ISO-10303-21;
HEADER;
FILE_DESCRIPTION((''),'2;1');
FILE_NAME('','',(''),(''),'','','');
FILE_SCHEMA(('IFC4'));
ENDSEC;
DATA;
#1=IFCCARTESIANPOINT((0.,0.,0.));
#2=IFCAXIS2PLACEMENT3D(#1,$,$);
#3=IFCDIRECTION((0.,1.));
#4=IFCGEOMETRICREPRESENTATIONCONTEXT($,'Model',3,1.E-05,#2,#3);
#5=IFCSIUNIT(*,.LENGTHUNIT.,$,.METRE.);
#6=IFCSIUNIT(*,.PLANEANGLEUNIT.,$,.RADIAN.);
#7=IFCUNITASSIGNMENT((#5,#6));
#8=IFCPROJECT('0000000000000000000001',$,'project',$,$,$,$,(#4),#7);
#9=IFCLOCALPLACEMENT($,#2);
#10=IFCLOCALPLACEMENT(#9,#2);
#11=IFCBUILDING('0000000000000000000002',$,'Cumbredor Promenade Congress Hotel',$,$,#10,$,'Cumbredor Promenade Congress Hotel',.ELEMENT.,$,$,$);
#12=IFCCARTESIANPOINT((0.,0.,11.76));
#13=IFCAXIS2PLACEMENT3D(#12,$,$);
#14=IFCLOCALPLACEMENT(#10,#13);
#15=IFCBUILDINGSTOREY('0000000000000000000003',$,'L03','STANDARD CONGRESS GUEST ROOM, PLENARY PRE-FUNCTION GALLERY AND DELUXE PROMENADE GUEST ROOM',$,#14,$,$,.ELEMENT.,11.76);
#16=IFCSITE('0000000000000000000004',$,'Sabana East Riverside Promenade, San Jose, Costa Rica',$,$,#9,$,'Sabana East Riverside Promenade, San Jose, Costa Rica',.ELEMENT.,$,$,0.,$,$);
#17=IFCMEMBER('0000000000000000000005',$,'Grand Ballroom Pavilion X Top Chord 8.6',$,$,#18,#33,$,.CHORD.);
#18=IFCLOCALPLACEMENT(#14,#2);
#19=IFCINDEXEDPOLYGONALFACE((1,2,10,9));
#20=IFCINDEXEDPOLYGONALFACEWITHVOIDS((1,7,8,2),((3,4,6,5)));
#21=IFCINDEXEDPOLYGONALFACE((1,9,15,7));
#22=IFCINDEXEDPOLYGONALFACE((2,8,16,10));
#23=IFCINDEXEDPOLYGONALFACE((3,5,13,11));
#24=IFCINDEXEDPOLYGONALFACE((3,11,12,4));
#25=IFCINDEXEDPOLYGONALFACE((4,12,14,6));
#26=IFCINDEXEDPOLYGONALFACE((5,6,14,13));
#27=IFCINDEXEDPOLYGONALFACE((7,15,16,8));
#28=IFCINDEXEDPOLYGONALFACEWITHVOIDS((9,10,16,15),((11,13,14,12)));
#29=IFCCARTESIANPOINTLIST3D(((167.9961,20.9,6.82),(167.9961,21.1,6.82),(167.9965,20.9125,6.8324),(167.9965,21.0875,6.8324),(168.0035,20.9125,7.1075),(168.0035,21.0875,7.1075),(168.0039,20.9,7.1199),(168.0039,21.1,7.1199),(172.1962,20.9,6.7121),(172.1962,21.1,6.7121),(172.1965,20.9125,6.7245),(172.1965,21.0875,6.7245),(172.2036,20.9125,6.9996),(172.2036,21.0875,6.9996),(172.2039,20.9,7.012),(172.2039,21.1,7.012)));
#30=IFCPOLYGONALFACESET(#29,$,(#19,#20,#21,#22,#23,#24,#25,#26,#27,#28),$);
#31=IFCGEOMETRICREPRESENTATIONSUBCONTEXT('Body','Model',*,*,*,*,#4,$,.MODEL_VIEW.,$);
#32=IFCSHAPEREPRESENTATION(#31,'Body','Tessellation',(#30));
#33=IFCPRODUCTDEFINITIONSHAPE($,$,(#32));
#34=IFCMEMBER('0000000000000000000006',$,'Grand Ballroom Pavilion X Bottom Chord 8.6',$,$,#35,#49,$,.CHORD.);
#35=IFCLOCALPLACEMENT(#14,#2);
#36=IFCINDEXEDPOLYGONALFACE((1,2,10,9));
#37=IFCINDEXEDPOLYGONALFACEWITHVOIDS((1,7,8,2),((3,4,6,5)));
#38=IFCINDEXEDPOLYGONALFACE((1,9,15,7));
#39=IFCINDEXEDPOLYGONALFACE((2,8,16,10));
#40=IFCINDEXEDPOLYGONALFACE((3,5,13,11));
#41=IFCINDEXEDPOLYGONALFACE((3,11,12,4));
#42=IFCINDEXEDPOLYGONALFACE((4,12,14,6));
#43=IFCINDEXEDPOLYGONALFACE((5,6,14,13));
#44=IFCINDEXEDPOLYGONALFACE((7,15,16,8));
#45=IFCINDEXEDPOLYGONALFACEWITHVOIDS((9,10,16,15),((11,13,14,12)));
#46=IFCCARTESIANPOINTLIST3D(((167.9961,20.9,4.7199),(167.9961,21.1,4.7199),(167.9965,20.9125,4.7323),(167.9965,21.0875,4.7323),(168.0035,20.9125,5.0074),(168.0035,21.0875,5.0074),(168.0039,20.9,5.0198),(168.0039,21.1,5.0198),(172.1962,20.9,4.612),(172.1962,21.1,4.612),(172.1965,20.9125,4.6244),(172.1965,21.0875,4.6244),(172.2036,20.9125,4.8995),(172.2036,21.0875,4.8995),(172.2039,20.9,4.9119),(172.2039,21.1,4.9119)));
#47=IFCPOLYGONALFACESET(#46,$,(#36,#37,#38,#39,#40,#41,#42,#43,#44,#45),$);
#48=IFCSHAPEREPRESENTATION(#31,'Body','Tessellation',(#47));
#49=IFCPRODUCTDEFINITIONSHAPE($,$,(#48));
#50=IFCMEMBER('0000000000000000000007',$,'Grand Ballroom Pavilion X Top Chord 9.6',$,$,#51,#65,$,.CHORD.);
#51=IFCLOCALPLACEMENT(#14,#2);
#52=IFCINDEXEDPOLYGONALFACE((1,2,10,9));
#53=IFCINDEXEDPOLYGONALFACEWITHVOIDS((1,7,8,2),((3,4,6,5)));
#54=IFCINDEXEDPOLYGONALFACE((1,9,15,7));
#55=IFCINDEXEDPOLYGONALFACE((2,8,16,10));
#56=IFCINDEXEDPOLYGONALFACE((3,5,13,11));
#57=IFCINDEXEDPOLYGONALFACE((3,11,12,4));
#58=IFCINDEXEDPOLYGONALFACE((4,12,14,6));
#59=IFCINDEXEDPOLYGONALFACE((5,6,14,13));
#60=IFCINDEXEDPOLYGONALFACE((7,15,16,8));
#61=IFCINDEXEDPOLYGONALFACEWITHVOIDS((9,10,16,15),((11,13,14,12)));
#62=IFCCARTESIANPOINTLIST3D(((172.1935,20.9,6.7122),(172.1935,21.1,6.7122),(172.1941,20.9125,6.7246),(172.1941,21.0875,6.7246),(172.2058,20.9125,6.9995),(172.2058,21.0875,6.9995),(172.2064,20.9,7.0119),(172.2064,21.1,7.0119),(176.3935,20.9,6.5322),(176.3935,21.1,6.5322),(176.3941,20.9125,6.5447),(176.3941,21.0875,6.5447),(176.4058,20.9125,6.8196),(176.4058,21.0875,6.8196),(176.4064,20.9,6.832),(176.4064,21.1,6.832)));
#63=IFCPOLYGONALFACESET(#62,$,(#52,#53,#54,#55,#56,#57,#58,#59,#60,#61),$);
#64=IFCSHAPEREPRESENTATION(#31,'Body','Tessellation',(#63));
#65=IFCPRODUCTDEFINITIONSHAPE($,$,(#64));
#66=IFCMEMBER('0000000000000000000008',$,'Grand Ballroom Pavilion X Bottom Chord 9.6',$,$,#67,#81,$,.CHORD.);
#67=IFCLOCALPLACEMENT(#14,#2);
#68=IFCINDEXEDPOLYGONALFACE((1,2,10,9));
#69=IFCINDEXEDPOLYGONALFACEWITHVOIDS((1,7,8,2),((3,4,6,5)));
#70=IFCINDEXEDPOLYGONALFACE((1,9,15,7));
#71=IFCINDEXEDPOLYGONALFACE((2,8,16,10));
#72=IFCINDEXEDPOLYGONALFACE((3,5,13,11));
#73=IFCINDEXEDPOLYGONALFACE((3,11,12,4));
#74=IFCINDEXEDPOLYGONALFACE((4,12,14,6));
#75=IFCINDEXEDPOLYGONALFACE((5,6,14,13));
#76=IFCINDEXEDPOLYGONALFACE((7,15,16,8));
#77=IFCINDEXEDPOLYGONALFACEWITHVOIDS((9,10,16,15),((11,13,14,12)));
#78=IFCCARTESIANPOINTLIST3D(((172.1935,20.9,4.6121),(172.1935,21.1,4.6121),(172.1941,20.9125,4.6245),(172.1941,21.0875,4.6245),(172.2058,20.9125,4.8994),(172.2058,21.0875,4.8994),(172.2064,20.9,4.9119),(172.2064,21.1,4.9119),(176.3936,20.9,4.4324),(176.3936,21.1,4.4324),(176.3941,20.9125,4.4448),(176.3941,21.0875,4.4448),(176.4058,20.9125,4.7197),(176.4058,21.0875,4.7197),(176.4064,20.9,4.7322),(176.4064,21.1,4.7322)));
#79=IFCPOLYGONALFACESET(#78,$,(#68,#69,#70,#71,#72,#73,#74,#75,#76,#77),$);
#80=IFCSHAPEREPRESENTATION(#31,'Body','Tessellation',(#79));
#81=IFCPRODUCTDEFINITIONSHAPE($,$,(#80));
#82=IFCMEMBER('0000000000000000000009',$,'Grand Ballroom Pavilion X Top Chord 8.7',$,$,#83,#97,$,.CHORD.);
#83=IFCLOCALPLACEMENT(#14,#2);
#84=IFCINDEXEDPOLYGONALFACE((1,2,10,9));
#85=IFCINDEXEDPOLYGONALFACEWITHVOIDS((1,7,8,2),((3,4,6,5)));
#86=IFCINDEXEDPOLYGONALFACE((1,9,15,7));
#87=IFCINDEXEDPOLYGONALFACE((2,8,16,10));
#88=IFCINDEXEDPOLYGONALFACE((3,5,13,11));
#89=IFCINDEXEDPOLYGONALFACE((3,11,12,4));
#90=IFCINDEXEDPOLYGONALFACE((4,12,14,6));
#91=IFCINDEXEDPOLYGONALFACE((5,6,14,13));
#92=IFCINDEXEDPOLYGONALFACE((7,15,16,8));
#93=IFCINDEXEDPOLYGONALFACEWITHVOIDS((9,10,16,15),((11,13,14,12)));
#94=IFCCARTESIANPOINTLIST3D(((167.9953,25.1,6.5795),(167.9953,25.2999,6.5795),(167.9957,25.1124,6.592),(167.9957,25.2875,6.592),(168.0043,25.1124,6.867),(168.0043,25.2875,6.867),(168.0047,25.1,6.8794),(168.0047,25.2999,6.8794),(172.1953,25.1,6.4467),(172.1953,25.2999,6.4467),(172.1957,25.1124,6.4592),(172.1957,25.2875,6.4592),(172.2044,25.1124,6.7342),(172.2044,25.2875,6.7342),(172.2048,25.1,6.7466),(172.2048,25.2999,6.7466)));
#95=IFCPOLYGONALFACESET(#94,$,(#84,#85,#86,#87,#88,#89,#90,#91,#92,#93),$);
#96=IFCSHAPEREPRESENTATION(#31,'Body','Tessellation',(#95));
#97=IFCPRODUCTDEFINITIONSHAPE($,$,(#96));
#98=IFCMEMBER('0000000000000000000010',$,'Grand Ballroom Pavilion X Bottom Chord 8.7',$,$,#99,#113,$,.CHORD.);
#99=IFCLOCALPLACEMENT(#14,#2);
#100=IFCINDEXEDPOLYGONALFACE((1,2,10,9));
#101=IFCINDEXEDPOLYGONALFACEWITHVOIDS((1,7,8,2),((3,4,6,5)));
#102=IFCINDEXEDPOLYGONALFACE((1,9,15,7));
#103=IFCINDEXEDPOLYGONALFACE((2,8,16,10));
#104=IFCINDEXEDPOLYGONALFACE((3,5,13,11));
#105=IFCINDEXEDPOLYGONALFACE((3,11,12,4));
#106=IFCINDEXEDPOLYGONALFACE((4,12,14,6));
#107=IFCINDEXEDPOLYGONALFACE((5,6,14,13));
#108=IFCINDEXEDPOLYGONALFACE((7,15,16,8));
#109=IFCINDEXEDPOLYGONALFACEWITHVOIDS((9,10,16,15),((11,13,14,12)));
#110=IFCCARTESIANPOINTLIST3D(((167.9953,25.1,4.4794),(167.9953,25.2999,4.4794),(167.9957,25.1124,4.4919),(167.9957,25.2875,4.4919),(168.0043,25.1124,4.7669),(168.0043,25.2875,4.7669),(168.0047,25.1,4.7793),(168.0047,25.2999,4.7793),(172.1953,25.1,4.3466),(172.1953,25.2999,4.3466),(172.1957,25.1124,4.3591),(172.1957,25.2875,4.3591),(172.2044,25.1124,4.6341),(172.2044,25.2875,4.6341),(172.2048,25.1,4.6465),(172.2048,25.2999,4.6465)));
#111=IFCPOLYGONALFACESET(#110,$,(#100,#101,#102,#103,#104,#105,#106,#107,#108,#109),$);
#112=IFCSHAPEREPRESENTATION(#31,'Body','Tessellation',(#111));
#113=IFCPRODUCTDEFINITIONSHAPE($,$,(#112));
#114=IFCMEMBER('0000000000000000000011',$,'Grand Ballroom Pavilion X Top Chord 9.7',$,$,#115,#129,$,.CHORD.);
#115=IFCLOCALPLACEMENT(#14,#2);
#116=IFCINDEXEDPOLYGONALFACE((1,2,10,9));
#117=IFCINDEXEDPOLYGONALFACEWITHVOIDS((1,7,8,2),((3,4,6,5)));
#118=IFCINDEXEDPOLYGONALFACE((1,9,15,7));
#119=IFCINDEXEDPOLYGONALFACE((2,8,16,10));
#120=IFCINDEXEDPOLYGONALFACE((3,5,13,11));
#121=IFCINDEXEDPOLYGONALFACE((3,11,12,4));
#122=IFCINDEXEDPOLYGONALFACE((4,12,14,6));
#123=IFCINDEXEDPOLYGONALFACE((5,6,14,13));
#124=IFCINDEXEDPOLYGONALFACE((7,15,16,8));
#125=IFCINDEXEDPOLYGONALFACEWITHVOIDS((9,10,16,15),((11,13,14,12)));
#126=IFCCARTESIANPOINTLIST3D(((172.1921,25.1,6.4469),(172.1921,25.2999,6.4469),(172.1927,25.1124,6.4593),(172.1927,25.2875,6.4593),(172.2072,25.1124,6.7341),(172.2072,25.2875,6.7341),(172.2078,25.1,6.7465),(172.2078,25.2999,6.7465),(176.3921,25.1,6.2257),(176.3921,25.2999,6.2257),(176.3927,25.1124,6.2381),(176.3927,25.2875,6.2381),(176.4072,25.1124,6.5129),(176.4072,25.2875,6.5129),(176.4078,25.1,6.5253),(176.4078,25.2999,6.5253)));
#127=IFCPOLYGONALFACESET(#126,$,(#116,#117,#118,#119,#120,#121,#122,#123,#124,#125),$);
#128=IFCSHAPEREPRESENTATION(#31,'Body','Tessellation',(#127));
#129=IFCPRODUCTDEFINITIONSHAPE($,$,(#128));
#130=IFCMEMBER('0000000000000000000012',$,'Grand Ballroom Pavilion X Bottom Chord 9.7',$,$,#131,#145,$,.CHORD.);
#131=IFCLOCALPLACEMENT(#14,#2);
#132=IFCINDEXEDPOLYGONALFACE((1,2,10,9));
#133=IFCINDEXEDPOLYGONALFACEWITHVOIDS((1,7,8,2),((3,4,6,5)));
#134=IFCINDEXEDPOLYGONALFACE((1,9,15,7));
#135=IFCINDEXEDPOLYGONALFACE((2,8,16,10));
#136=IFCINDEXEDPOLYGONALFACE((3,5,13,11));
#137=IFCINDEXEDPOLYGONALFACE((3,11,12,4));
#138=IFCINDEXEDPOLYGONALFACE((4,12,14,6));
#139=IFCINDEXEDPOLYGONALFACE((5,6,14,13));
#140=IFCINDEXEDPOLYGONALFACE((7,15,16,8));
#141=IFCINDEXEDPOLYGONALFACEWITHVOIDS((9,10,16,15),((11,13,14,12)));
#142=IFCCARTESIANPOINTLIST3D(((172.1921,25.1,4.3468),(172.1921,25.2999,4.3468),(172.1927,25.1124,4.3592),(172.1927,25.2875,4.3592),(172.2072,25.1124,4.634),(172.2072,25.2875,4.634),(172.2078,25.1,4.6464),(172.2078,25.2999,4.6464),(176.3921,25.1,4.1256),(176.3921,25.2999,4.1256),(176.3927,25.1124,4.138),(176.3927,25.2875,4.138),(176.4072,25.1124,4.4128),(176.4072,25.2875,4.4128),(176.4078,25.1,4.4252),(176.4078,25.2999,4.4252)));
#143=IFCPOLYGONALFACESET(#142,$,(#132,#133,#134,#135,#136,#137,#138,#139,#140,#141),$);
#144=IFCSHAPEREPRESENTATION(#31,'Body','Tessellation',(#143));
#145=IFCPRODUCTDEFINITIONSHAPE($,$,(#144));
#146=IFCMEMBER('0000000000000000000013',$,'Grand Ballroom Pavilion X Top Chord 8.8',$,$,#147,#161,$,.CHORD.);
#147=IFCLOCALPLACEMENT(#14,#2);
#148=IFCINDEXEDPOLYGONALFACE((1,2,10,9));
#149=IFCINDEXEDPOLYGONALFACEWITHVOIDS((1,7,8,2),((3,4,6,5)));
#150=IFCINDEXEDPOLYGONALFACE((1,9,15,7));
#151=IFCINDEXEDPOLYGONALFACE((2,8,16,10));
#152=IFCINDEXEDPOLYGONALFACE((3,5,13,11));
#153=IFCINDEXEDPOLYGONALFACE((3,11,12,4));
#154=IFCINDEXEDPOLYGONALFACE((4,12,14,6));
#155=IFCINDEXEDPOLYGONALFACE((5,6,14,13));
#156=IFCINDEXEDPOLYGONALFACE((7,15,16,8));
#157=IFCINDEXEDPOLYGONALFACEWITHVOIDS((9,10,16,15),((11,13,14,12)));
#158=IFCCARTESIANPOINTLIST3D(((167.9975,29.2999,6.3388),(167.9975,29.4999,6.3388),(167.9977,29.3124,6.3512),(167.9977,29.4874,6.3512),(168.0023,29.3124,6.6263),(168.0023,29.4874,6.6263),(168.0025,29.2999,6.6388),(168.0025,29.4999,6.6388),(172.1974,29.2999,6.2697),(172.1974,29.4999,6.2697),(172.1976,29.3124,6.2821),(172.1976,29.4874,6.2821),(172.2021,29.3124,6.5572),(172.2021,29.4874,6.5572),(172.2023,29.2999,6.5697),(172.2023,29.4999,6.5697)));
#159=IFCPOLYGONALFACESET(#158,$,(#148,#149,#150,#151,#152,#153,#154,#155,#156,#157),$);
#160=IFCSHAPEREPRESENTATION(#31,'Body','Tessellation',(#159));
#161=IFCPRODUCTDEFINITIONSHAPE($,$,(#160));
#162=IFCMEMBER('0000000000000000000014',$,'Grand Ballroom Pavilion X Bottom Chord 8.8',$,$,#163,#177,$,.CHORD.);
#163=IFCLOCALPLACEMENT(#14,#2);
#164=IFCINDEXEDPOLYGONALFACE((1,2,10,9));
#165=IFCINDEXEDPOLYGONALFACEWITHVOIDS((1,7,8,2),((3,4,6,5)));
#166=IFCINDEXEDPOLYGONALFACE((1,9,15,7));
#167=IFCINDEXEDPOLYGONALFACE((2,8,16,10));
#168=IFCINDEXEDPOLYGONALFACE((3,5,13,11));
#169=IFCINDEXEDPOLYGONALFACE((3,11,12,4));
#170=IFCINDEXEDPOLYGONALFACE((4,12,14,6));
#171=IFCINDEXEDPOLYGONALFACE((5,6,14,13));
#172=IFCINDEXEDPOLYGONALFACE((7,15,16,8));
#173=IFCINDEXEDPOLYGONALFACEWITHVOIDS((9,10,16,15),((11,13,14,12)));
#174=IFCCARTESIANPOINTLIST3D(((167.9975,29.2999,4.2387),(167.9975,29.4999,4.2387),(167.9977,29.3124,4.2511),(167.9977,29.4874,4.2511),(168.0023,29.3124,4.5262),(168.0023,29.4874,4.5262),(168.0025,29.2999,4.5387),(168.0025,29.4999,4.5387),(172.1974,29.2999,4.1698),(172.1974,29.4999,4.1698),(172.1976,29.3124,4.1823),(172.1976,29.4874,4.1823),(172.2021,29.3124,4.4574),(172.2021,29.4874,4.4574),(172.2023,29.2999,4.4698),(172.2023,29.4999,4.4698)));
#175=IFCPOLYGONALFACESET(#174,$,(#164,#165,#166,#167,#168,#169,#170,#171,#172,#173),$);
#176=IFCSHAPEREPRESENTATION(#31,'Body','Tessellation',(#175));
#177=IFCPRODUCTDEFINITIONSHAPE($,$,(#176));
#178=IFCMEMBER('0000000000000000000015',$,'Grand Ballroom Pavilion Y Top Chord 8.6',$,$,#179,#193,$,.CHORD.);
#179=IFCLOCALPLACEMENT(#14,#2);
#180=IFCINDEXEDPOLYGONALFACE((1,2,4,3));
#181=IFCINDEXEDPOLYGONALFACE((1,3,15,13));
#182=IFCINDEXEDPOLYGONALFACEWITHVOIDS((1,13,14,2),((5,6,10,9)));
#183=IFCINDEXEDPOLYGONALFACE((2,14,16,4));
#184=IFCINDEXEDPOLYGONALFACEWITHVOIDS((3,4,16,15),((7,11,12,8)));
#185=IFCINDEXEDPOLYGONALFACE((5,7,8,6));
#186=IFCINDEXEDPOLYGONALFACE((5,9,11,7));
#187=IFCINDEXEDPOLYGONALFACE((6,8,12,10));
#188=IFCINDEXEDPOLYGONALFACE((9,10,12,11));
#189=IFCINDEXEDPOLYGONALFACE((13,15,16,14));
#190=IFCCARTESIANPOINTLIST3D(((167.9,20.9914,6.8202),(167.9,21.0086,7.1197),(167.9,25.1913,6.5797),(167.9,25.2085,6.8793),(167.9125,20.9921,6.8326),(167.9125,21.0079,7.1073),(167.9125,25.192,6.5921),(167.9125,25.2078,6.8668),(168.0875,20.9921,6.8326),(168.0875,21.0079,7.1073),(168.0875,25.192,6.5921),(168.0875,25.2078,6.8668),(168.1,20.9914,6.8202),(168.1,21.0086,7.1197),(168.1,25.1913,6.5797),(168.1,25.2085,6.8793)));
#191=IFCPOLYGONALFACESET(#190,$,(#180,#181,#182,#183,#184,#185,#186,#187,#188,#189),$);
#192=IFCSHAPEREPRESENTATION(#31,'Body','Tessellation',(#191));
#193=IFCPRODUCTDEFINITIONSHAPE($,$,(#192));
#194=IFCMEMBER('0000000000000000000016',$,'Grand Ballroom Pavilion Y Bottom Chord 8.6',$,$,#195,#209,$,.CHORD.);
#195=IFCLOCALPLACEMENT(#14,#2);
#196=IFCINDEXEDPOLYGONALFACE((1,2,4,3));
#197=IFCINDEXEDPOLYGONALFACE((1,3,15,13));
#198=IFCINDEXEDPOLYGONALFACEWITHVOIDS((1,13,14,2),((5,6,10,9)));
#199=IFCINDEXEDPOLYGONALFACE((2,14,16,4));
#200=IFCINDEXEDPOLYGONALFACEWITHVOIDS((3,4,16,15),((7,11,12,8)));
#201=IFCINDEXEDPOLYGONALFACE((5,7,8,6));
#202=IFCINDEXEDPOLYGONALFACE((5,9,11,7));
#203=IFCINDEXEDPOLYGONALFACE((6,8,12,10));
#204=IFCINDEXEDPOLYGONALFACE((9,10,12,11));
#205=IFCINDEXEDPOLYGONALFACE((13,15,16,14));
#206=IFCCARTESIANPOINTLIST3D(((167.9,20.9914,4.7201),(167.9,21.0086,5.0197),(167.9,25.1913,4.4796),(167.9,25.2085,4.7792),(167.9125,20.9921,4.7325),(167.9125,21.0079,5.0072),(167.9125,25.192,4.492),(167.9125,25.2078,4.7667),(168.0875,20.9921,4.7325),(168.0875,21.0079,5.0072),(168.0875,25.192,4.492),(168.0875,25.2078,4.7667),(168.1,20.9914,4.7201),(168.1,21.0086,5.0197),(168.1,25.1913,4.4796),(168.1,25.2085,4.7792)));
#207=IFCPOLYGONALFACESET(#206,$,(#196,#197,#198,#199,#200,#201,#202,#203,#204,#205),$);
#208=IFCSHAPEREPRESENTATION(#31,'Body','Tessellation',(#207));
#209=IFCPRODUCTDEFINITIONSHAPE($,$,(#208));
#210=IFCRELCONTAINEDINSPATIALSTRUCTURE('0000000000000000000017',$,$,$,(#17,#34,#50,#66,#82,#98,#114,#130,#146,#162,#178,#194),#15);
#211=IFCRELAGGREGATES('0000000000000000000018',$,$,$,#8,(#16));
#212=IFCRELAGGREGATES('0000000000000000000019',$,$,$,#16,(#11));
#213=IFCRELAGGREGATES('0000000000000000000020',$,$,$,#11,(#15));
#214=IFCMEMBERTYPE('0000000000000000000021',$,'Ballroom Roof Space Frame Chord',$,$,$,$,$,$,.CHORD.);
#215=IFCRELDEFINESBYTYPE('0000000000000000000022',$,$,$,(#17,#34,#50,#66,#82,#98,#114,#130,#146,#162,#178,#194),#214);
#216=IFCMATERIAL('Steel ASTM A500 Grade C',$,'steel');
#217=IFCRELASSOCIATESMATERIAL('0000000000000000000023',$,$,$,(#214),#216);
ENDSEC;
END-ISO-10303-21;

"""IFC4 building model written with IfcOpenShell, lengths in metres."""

from ifc_helpers import new_model, si_unit, direction, frame, origin, origin_2d, place, context, subcontext, project, spatial, hollow_rectangle, extrude, material, material_profile, profile_set, type_object, element, save


model = new_model("IFC4")

# Units and contexts
model_context = context("Model", 3, precision=1e-05, world=origin(), true_north=direction((0.0, 1.0)))
body_context = subcontext(model_context, "Body", "Model", "MODEL_VIEW")
ifc_project = project(units=[si_unit("LENGTHUNIT", "METRE"), si_unit("PLANEANGLEUNIT", "RADIAN")], contexts=[model_context])

# Site, building, storey
site_placement = place(None, origin())
site = spatial("IfcSite", under=ifc_project, at=site_placement, Name="Sabana East Riverside Promenade, San Jose, Costa Rica", LongName="Sabana East Riverside Promenade, San Jose, Costa Rica", CompositionType="ELEMENT", RefElevation=0.0)
building_placement = place(site_placement, origin())
building = spatial("IfcBuilding", under=site, at=building_placement, Name="Cumbredor Promenade Congress Hotel", LongName="Cumbredor Promenade Congress Hotel", CompositionType="ELEMENT")
storey_placement = place(building_placement, frame((0.0, 0.0, 11.76)))
storey = spatial("IfcBuildingStorey", under=building, at=storey_placement, Name="L03", Description="STANDARD CONGRESS GUEST ROOM, PLENARY PRE-FUNCTION GALLERY AND DELUXE PROMENADE GUEST ROOM", CompositionType="ELEMENT", Elevation=11.76)

# Members
ifc_material_1 = material(Name="Steel ASTM A500 Grade C", Category="steel")
ifc_material_profile_1 = material_profile(ifc_material_1, hollow_rectangle(XDim=0.2, YDim=0.3, WallThickness=0.0125, at=origin_2d()), Name="HSS 300x200x12.5")
ifc_profile_set_1 = profile_set([ifc_material_profile_1], Name="Steel ASTM A500 Grade C")
member_type_1 = type_object("IfcMemberType", Name="Ballroom Roof Space Frame Chord", PredefinedType="CHORD", material=ifc_profile_set_1)
for number, where, z_axis, x_axis, name in (
    (1, (168.0, 21.0, 6.97), (0.99967, 0.0, -0.025685), (0.0, 1.0, 0.0), "Grand Ballroom Pavilion X Top Chord 8.6"),
    (2, (168.0, 21.0, 4.8699), (0.99967, 0.0, -0.025685), (0.0, 1.0, 0.0), "Grand Ballroom Pavilion X Bottom Chord 8.6"),
):
    element("IfcMember", number, at=place(storey_placement, frame(where, z_axis=z_axis, x_axis=x_axis)), inside=storey, type_object=member_type_1, Name=name, PredefinedType="CHORD", context=body_context, shape_type="SweptSolid", body=[
        extrude(hollow_rectangle(XDim=0.2, YDim=0.3, WallThickness=0.0125, at=origin_2d()), origin(), (0.0, 0.0, 1.0), 4.2014),
    ])
for number, where, z_axis, x_axis, name in (
    (3, (172.2, 21.0, 6.8621), (0.999084, 0.0, -0.042802), (0.0, 1.0, 0.0), "Grand Ballroom Pavilion X Top Chord 9.6"),
    (4, (172.2, 21.0, 4.762), (0.999086, 0.0, -0.042744), (0.0, 1.0, 0.0), "Grand Ballroom Pavilion X Bottom Chord 9.6"),
):
    element("IfcMember", number, at=place(storey_placement, frame(where, z_axis=z_axis, x_axis=x_axis)), inside=storey, type_object=member_type_1, Name=name, PredefinedType="CHORD", context=body_context, shape_type="SweptSolid", body=[
        extrude(hollow_rectangle(XDim=0.2, YDim=0.3, WallThickness=0.0125, at=origin_2d()), origin(), (0.0, 0.0, 1.0), 4.2039),
    ])
for number, where, z_axis, x_axis, name in (
    (5, (168.0, 25.2, 6.7295), (0.9995, 0.0, -0.031607), (0.0, 1.0, 0.0), "Grand Ballroom Pavilion X Top Chord 8.7"),
    (6, (168.0, 25.2, 4.6294), (0.9995, 0.0, -0.031607), (0.0, 1.0, 0.0), "Grand Ballroom Pavilion X Bottom Chord 8.7"),
):
    element("IfcMember", number, at=place(storey_placement, frame(where, z_axis=z_axis, x_axis=x_axis)), inside=storey, type_object=member_type_1, Name=name, PredefinedType="CHORD", context=body_context, shape_type="SweptSolid", body=[
        extrude(hollow_rectangle(XDim=0.2, YDim=0.3, WallThickness=0.0125, at=origin_2d()), origin(), (0.0, 0.0, 1.0), 4.2021),
    ])
for number, where, z_axis, x_axis, name in (
    (7, (172.2, 25.2, 6.5967), (0.998616, 0.0, -0.052592), (0.0, 1.0, 0.0), "Grand Ballroom Pavilion X Top Chord 9.7"),
    (8, (172.2, 25.2, 4.4966), (0.998616, 0.0, -0.052592), (0.0, 1.0, 0.0), "Grand Ballroom Pavilion X Bottom Chord 9.7"),
):
    element("IfcMember", number, at=place(storey_placement, frame(where, z_axis=z_axis, x_axis=x_axis)), inside=storey, type_object=member_type_1, Name=name, PredefinedType="CHORD", context=body_context, shape_type="SweptSolid", body=[
        extrude(hollow_rectangle(XDim=0.2, YDim=0.3, WallThickness=0.0125, at=origin_2d()), origin(), (0.0, 0.0, 1.0), 4.2058),
    ])
for number, where, z_axis, x_axis, name in (
    (9, (168.0, 29.3999, 6.4888), (0.999865, 0.0, -0.016448), (0.0, 1.0, 0.0), "Grand Ballroom Pavilion X Top Chord 8.8"),
    (10, (168.0, 29.3999, 4.3887), (0.999866, 0.0, -0.01639), (0.0, 1.0, 0.0), "Grand Ballroom Pavilion X Bottom Chord 8.8"),
):
    element("IfcMember", number, at=place(storey_placement, frame(where, z_axis=z_axis, x_axis=x_axis)), inside=storey, type_object=member_type_1, Name=name, PredefinedType="CHORD", context=body_context, shape_type="SweptSolid", body=[
        extrude(hollow_rectangle(XDim=0.2, YDim=0.3, WallThickness=0.0125, at=origin_2d()), origin(), (0.0, 0.0, 1.0), 4.2004),
    ])
for number, where, z_axis, x_axis, name in (
    (11, (168.0, 21.0, 6.97), (0.0, 0.998365, -0.057164), (-1.0, 0.0, 0.0), "Grand Ballroom Pavilion Y Top Chord 8.6"),
    (12, (168.0, 21.0, 4.8699), (0.0, 0.998365, -0.057164), (-1.0, 0.0, 0.0), "Grand Ballroom Pavilion Y Bottom Chord 8.6"),
):
    element("IfcMember", number, at=place(storey_placement, frame(where, z_axis=z_axis, x_axis=x_axis)), inside=storey, type_object=member_type_1, Name=name, PredefinedType="CHORD", context=body_context, shape_type="SweptSolid", body=[
        extrude(hollow_rectangle(XDim=0.2, YDim=0.3, WallThickness=0.0125, at=origin_2d()), origin(), (0.0, 0.0, 1.0), 4.2068),
    ])

save(model, "model.ifc")
